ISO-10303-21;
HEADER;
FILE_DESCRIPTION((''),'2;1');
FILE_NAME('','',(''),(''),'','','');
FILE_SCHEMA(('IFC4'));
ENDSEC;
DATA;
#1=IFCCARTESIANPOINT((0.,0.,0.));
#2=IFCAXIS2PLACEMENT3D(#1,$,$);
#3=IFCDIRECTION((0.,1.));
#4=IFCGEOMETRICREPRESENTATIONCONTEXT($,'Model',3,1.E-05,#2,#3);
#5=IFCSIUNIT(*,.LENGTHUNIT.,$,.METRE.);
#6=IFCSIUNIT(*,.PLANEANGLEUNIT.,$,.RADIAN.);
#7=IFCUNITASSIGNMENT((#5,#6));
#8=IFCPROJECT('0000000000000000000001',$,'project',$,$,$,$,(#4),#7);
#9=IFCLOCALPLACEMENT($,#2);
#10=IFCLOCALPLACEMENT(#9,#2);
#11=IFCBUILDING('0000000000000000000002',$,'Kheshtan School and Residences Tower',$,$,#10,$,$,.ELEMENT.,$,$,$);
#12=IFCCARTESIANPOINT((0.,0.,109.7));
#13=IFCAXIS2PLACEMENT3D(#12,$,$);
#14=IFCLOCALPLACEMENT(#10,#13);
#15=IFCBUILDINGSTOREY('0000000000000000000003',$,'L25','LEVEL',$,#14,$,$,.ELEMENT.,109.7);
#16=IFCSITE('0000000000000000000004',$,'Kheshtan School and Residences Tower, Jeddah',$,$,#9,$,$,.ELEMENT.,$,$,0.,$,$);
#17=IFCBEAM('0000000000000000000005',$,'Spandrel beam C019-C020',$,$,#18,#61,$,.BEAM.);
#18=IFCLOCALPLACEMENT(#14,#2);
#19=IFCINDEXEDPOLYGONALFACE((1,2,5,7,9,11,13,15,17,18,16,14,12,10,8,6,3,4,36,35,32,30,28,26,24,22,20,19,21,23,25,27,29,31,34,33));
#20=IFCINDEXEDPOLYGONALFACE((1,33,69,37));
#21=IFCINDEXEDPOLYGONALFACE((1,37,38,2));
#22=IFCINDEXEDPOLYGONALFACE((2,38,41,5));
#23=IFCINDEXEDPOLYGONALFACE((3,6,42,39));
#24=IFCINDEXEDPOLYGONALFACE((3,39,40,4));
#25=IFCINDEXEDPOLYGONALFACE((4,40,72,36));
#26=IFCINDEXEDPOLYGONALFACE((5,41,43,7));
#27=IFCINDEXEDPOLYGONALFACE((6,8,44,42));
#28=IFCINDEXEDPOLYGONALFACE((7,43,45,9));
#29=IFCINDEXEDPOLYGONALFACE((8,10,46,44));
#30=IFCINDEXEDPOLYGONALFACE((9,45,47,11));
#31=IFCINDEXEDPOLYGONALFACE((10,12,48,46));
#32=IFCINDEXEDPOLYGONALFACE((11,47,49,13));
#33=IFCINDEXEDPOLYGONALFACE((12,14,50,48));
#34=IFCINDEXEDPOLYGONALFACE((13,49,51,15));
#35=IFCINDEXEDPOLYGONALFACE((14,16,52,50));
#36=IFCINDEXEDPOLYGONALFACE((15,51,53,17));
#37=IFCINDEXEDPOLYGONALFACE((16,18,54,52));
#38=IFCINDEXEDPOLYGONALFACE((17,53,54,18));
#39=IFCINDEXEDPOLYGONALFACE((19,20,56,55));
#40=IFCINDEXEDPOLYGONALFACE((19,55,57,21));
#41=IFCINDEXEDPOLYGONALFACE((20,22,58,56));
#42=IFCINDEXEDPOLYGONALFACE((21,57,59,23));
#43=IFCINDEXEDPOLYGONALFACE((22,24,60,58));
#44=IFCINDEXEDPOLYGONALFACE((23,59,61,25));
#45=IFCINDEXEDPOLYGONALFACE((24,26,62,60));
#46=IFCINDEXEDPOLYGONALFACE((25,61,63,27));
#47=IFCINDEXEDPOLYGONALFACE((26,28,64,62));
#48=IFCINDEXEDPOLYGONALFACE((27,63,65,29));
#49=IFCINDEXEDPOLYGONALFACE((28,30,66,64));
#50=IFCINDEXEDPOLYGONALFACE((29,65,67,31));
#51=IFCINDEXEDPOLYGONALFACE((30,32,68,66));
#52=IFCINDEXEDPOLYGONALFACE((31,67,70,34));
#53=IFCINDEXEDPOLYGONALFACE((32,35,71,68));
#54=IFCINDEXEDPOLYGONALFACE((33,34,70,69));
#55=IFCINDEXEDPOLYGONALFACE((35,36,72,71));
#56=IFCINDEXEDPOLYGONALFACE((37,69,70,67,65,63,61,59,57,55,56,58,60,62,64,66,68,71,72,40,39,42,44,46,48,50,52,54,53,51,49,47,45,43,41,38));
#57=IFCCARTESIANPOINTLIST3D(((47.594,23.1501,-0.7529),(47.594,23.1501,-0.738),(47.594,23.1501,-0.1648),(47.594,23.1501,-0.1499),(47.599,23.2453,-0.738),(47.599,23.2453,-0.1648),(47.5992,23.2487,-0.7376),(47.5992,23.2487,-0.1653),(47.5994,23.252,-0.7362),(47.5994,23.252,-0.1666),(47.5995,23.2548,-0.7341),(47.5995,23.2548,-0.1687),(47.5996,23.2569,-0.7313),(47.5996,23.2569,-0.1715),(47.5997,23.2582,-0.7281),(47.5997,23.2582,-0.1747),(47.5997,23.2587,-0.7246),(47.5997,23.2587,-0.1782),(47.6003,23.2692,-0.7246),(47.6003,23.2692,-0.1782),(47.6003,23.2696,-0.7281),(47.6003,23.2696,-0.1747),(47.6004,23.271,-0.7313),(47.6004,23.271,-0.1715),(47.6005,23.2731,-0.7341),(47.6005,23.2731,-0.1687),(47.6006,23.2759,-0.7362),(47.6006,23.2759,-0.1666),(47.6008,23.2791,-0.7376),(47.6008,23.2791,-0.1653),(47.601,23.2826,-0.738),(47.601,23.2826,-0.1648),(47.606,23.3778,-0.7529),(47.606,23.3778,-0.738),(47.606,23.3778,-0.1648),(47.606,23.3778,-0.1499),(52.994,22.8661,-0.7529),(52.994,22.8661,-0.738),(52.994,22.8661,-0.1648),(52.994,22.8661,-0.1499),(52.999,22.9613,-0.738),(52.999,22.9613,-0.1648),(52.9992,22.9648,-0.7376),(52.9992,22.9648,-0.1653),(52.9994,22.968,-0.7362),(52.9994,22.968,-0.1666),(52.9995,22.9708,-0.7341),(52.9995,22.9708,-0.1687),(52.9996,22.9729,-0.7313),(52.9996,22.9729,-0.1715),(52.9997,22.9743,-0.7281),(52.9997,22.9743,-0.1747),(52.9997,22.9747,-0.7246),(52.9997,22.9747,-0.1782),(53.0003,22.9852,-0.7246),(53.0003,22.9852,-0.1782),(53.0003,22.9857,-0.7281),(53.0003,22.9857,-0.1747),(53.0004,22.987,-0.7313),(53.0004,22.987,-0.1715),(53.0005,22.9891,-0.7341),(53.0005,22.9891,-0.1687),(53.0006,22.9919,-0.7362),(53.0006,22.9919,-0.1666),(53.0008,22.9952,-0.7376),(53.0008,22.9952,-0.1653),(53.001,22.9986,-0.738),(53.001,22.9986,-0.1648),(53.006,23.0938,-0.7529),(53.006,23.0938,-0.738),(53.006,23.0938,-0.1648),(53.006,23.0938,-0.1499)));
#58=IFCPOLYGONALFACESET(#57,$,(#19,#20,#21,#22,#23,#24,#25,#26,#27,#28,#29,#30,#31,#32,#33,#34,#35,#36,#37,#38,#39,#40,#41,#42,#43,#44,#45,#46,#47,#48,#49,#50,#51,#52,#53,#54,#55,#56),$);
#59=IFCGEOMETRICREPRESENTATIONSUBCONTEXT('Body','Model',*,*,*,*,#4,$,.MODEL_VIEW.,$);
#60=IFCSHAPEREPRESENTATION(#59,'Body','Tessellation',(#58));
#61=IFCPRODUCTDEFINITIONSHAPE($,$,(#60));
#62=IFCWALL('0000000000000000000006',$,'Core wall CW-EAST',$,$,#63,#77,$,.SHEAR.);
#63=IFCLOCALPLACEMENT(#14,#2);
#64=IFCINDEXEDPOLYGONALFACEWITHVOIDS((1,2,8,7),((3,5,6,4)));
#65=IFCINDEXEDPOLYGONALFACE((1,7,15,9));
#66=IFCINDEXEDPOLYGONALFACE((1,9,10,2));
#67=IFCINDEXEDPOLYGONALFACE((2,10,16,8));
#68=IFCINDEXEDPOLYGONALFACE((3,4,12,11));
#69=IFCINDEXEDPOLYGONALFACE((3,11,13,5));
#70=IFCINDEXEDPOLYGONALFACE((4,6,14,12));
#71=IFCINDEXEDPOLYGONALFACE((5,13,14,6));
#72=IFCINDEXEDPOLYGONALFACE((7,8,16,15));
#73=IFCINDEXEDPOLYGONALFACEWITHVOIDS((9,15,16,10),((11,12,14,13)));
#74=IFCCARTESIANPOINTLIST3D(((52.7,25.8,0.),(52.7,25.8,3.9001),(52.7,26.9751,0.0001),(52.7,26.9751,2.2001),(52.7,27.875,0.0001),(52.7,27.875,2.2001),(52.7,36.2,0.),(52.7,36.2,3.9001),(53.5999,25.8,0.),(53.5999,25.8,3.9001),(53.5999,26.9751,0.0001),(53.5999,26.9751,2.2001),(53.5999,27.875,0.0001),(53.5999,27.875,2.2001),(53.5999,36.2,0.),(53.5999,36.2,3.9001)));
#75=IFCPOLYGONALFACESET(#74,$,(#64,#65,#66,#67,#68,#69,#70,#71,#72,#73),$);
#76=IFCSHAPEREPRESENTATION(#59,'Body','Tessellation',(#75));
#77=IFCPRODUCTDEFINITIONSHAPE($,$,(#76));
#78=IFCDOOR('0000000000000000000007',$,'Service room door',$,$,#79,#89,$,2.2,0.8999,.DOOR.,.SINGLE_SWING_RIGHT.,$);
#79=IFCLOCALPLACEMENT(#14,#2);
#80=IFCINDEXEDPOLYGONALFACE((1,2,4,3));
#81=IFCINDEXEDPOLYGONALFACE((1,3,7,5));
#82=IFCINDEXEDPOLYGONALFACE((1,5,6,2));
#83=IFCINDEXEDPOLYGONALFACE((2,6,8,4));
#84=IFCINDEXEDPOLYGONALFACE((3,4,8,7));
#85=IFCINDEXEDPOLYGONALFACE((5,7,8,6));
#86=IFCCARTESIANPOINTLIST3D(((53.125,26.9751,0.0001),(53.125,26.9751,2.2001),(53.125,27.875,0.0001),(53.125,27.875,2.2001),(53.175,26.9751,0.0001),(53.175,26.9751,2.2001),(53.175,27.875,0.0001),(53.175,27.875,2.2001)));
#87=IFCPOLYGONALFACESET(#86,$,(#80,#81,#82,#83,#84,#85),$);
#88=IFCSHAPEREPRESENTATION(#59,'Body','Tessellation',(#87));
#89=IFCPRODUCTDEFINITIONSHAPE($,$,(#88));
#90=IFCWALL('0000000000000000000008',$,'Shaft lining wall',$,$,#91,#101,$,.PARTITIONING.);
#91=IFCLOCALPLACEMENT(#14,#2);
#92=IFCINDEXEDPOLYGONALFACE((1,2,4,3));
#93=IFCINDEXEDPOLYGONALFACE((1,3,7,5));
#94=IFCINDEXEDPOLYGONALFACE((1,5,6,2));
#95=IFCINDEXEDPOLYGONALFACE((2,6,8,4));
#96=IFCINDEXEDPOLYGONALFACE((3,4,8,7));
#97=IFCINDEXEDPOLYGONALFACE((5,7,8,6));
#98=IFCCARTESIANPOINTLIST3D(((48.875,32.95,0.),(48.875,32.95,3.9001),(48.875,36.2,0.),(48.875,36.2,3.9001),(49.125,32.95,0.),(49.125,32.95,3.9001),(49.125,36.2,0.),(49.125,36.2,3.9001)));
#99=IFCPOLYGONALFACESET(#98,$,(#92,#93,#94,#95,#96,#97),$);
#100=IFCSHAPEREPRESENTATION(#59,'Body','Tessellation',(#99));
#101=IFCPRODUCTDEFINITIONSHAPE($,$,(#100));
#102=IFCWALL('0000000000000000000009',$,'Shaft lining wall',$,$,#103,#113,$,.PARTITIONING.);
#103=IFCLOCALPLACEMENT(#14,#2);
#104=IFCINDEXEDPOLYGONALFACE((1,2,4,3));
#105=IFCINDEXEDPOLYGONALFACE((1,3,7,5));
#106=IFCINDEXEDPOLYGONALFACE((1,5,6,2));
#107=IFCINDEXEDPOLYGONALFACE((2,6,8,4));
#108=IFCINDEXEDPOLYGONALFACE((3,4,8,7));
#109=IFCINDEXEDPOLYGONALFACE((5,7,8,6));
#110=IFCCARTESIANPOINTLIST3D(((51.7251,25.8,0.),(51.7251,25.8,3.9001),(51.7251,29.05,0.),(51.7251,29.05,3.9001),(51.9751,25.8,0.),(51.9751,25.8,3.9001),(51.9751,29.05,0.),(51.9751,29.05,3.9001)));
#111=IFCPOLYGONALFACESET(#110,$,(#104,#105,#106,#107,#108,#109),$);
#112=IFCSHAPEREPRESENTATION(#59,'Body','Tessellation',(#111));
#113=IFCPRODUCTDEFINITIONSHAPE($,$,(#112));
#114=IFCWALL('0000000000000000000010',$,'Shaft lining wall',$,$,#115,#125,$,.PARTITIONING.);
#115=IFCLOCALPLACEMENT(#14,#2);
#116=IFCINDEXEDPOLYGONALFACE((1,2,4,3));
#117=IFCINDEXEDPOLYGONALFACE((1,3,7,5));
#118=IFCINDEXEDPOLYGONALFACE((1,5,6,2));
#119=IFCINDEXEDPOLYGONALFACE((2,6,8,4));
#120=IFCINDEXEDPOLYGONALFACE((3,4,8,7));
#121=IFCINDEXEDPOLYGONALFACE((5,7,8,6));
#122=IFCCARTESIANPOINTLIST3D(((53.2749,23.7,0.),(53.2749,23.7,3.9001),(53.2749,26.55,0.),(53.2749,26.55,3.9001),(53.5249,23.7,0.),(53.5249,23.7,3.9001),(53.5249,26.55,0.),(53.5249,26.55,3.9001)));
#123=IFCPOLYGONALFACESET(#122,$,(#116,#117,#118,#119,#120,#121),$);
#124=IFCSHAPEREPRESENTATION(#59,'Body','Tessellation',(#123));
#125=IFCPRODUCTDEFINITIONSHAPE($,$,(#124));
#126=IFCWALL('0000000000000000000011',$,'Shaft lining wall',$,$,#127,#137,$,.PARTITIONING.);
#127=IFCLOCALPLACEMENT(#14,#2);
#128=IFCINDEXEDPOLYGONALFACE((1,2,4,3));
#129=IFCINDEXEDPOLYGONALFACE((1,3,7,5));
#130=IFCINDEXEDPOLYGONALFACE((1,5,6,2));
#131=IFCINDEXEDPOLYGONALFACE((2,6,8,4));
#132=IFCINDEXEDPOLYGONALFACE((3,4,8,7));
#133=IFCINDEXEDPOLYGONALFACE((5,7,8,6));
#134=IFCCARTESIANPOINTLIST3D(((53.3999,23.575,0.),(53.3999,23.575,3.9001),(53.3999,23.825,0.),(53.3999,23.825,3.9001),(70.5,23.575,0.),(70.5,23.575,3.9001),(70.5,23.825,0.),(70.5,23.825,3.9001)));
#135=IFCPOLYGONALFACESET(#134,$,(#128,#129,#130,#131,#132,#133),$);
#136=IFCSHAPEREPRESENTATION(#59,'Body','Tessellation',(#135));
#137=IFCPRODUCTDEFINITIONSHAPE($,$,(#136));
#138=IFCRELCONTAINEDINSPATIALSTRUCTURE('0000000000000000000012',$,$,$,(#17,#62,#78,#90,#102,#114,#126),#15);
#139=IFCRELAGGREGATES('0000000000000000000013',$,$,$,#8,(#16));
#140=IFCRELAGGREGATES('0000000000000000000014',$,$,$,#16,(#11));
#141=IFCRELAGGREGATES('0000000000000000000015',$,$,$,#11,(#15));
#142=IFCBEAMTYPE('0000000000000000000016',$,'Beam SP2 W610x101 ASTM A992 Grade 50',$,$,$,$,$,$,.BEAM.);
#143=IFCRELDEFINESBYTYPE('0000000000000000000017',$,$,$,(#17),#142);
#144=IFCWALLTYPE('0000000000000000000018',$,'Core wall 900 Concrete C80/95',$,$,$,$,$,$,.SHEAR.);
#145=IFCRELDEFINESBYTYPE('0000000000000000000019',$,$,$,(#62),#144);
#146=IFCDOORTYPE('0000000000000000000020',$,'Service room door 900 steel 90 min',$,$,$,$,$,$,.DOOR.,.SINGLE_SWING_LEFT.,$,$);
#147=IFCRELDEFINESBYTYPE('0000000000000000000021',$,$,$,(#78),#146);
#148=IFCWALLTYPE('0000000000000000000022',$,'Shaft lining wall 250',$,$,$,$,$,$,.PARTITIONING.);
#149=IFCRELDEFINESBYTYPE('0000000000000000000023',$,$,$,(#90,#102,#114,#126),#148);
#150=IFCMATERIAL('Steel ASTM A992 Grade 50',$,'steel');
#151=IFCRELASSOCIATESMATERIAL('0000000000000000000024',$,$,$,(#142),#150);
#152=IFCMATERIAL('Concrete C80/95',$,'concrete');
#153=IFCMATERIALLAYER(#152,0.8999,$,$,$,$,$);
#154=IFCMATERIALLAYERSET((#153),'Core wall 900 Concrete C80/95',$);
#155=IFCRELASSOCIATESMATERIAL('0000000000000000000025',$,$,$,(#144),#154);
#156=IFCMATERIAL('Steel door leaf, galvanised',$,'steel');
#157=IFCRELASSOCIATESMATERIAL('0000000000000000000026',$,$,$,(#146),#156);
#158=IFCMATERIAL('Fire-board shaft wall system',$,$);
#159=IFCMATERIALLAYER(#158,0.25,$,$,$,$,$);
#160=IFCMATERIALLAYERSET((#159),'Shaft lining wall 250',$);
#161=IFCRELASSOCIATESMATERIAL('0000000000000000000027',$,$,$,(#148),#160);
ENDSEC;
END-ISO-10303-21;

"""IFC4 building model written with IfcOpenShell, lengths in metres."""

from ifc_helpers import new_model, si_unit, direction, frame, frame_2d, origin, origin_2d, place, context, subcontext, project, spatial, rectangle, i_section, extrude, source, transform, mapped, material, layer, layer_set, material_profile, profile_set, type_object, element, fill, save


model = new_model("IFC4")

# Units and contexts
model_context = context("Model", 3, precision=1e-05, world=origin(), true_north=direction((0.0, 1.0)))
body_context = subcontext(model_context, "Body", "Model", "MODEL_VIEW")
ifc_project = project(units=[si_unit("LENGTHUNIT", "METRE"), si_unit("PLANEANGLEUNIT", "RADIAN")], contexts=[model_context])

# Site, building, storey
site_placement = place(None, origin())
site = spatial("IfcSite", under=ifc_project, at=site_placement, Name="Kheshtan School and Residences Tower, Jeddah", CompositionType="ELEMENT", RefElevation=0.0)
building_placement = place(site_placement, origin())
building = spatial("IfcBuilding", under=site, at=building_placement, Name="Kheshtan School and Residences Tower", CompositionType="ELEMENT")
storey_placement = place(building_placement, frame((0.0, 0.0, 109.7)))
storey = spatial("IfcBuildingStorey", under=building, at=storey_placement, Name="L25", Description="LEVEL", CompositionType="ELEMENT", Elevation=109.7)

# Shared definitions
ifc_material_1 = material(Name="Steel ASTM A992 Grade 50", Category="steel")

# Beam
ifc_material_profile_1 = material_profile(ifc_material_1, i_section(OverallWidth=0.228, OverallDepth=0.603, WebThickness=0.0105, FlangeThickness=0.0149, FilletRadius=0.0134, at=origin_2d()), Name="W610x101")
ifc_profile_set_1 = profile_set([ifc_material_profile_1], Name="Steel ASTM A992 Grade 50")
beam_type_1 = type_object("IfcBeamType", Name="Beam SP2 W610x101 ASTM A992 Grade 50", PredefinedType="BEAM", material=ifc_profile_set_1)
beam_1_placement = place(storey_placement, frame((53.0, 22.98, -0.4514), z_axis=(-0.99862, 0.052509, 0.0), x_axis=(-0.052509, -0.99862, 0.0)))
element("IfcBeam", 1, at=beam_1_placement, inside=storey, type_object=beam_type_1, Name="Spandrel beam C019-C020", PredefinedType="BEAM", context=body_context, shape_type="SweptSolid", body=[
    extrude(i_section(OverallWidth=0.228, OverallDepth=0.603, WebThickness=0.0105, FlangeThickness=0.0149, FilletRadius=0.0134, at=origin_2d()), origin(), (0.0, 0.0, 1.0), 5.4075),
])

# Wall, opening, door
ifc_material_2 = material(Name="Concrete C80/95", Category="concrete")
ifc_layer_1 = layer(ifc_material_2, 0.8999)
ifc_layer_set_1 = layer_set([ifc_layer_1], Name="Core wall 900 Concrete C80/95")
wall_type_1 = type_object("IfcWallType", Name="Core wall 900 Concrete C80/95", PredefinedType="SHEAR", material=ifc_layer_set_1)
wall_1_placement = place(storey_placement, frame((53.1499, 25.8, 0.0), z_axis=(0.0, 0.0, 1.0), x_axis=(0.0, 1.0, 0.0)))
wall_1 = element("IfcWall", 2, at=wall_1_placement, inside=storey, type_object=wall_type_1, Name="Core wall CW-EAST", PredefinedType="SHEAR", context=body_context, shape_type="SweptSolid", body=[
    extrude(rectangle(XDim=10.3999, YDim=0.8999, at=frame_2d((5.2, 0.0))), origin(), (0.0, 0.0, 1.0), 3.9001),
])
opening_1_placement = place(wall_1_placement, frame((1.175, 0.0, 0.0)))
opening_1 = element("IfcOpeningElement", 3, at=opening_1_placement, cuts=wall_1, PredefinedType="OPENING", context=body_context, shape_type="SweptSolid", body=[
    extrude(rectangle(XDim=0.8999, YDim=2.2, at=frame_2d((0.45, 1.1001))), frame((0.0, 0.46, 0.0), z_axis=(0.0, -1.0, 0.0), x_axis=(1.0, 0.0, 0.0)), (0.0, 0.0, 1.0), 0.9199),
])
ifc_material_3 = material(Name="Steel door leaf, galvanised", Category="steel")
door_type_1 = type_object("IfcDoorType", Name="Service room door 900 steel 90 min", OperationType="SINGLE_SWING_LEFT", PredefinedType="DOOR", material=ifc_material_3)
shared_shape_1 = source(origin(), body_context, "Body", "SweptSolid", [
    extrude(rectangle(XDim=0.8999, YDim=2.2, at=frame_2d((0.45, 1.1001))), frame((0.0, 0.0249, 0.0), z_axis=(0.0, -1.0, 0.0), x_axis=(1.0, 0.0, 0.0)), (0.0, 0.0, 1.0), 0.05),
])
door_1_placement = place(opening_1_placement, origin())
door_1 = element("IfcDoor", 4, at=door_1_placement, inside=storey, type_object=door_type_1, Name="Service room door", OperationType="SINGLE_SWING_RIGHT", OverallHeight=2.2, OverallWidth=0.8999, PredefinedType="DOOR", context=body_context, shape_type="MappedRepresentation", body=[
    mapped(shared_shape_1, transform((0.0, 0.0, 0.0), x_axis=(1.0, 0.0, 0.0), y_axis=(0.0, 1.0, 0.0), z_axis=(0.0, 0.0, 1.0), scale=1.0)),
])
fill(opening_1, door_1)

# Walls
ifc_material_4 = material(Name="Fire-board shaft wall system")
ifc_layer_2 = layer(ifc_material_4, 0.25)
ifc_layer_set_2 = layer_set([ifc_layer_2], Name="Shaft lining wall 250")
wall_type_2 = type_object("IfcWallType", Name="Shaft lining wall 250", PredefinedType="PARTITIONING", material=ifc_layer_set_2)
for number, where, z_axis, x_axis, name in (
    (5, (49.0, 32.95, 0.0), (0.0, 0.0, 1.0), (0.0, 1.0, 0.0), "Shaft lining wall"),
    (6, (51.8501, 25.8, 0.0), (0.0, 0.0, 1.0), (0.0, 1.0, 0.0), "Shaft lining wall"),
):
    element("IfcWall", number, at=place(storey_placement, frame(where, z_axis=z_axis, x_axis=x_axis)), inside=storey, type_object=wall_type_2, Name=name, PredefinedType="PARTITIONING", context=body_context, shape_type="SweptSolid", body=[
        extrude(rectangle(XDim=3.25, YDim=0.25, at=frame_2d((1.625, 0.0))), origin(), (0.0, 0.0, 1.0), 3.9001),
    ])
wall_2_placement = place(storey_placement, frame((53.3999, 23.7, 0.0), z_axis=(0.0, 0.0, 1.0), x_axis=(0.0, 1.0, 0.0)))
element("IfcWall", 7, at=wall_2_placement, inside=storey, type_object=wall_type_2, Name="Shaft lining wall", PredefinedType="PARTITIONING", context=body_context, shape_type="SweptSolid", body=[
    extrude(rectangle(XDim=2.8501, YDim=0.25, at=frame_2d((1.425, 0.0))), origin(), (0.0, 0.0, 1.0), 3.9001),
])
wall_3_placement = place(storey_placement, frame((53.3999, 23.7, 0.0), z_axis=(0.0, 0.0, 1.0), x_axis=(1.0, 0.0, 0.0)))
element("IfcWall", 8, at=wall_3_placement, inside=storey, type_object=wall_type_2, Name="Shaft lining wall", PredefinedType="PARTITIONING", context=body_context, shape_type="SweptSolid", body=[
    extrude(rectangle(XDim=17.1001, YDim=0.25, at=frame_2d((8.55, 0.0))), origin(), (0.0, 0.0, 1.0), 3.9001),
])

save(model, "model.ifc")
